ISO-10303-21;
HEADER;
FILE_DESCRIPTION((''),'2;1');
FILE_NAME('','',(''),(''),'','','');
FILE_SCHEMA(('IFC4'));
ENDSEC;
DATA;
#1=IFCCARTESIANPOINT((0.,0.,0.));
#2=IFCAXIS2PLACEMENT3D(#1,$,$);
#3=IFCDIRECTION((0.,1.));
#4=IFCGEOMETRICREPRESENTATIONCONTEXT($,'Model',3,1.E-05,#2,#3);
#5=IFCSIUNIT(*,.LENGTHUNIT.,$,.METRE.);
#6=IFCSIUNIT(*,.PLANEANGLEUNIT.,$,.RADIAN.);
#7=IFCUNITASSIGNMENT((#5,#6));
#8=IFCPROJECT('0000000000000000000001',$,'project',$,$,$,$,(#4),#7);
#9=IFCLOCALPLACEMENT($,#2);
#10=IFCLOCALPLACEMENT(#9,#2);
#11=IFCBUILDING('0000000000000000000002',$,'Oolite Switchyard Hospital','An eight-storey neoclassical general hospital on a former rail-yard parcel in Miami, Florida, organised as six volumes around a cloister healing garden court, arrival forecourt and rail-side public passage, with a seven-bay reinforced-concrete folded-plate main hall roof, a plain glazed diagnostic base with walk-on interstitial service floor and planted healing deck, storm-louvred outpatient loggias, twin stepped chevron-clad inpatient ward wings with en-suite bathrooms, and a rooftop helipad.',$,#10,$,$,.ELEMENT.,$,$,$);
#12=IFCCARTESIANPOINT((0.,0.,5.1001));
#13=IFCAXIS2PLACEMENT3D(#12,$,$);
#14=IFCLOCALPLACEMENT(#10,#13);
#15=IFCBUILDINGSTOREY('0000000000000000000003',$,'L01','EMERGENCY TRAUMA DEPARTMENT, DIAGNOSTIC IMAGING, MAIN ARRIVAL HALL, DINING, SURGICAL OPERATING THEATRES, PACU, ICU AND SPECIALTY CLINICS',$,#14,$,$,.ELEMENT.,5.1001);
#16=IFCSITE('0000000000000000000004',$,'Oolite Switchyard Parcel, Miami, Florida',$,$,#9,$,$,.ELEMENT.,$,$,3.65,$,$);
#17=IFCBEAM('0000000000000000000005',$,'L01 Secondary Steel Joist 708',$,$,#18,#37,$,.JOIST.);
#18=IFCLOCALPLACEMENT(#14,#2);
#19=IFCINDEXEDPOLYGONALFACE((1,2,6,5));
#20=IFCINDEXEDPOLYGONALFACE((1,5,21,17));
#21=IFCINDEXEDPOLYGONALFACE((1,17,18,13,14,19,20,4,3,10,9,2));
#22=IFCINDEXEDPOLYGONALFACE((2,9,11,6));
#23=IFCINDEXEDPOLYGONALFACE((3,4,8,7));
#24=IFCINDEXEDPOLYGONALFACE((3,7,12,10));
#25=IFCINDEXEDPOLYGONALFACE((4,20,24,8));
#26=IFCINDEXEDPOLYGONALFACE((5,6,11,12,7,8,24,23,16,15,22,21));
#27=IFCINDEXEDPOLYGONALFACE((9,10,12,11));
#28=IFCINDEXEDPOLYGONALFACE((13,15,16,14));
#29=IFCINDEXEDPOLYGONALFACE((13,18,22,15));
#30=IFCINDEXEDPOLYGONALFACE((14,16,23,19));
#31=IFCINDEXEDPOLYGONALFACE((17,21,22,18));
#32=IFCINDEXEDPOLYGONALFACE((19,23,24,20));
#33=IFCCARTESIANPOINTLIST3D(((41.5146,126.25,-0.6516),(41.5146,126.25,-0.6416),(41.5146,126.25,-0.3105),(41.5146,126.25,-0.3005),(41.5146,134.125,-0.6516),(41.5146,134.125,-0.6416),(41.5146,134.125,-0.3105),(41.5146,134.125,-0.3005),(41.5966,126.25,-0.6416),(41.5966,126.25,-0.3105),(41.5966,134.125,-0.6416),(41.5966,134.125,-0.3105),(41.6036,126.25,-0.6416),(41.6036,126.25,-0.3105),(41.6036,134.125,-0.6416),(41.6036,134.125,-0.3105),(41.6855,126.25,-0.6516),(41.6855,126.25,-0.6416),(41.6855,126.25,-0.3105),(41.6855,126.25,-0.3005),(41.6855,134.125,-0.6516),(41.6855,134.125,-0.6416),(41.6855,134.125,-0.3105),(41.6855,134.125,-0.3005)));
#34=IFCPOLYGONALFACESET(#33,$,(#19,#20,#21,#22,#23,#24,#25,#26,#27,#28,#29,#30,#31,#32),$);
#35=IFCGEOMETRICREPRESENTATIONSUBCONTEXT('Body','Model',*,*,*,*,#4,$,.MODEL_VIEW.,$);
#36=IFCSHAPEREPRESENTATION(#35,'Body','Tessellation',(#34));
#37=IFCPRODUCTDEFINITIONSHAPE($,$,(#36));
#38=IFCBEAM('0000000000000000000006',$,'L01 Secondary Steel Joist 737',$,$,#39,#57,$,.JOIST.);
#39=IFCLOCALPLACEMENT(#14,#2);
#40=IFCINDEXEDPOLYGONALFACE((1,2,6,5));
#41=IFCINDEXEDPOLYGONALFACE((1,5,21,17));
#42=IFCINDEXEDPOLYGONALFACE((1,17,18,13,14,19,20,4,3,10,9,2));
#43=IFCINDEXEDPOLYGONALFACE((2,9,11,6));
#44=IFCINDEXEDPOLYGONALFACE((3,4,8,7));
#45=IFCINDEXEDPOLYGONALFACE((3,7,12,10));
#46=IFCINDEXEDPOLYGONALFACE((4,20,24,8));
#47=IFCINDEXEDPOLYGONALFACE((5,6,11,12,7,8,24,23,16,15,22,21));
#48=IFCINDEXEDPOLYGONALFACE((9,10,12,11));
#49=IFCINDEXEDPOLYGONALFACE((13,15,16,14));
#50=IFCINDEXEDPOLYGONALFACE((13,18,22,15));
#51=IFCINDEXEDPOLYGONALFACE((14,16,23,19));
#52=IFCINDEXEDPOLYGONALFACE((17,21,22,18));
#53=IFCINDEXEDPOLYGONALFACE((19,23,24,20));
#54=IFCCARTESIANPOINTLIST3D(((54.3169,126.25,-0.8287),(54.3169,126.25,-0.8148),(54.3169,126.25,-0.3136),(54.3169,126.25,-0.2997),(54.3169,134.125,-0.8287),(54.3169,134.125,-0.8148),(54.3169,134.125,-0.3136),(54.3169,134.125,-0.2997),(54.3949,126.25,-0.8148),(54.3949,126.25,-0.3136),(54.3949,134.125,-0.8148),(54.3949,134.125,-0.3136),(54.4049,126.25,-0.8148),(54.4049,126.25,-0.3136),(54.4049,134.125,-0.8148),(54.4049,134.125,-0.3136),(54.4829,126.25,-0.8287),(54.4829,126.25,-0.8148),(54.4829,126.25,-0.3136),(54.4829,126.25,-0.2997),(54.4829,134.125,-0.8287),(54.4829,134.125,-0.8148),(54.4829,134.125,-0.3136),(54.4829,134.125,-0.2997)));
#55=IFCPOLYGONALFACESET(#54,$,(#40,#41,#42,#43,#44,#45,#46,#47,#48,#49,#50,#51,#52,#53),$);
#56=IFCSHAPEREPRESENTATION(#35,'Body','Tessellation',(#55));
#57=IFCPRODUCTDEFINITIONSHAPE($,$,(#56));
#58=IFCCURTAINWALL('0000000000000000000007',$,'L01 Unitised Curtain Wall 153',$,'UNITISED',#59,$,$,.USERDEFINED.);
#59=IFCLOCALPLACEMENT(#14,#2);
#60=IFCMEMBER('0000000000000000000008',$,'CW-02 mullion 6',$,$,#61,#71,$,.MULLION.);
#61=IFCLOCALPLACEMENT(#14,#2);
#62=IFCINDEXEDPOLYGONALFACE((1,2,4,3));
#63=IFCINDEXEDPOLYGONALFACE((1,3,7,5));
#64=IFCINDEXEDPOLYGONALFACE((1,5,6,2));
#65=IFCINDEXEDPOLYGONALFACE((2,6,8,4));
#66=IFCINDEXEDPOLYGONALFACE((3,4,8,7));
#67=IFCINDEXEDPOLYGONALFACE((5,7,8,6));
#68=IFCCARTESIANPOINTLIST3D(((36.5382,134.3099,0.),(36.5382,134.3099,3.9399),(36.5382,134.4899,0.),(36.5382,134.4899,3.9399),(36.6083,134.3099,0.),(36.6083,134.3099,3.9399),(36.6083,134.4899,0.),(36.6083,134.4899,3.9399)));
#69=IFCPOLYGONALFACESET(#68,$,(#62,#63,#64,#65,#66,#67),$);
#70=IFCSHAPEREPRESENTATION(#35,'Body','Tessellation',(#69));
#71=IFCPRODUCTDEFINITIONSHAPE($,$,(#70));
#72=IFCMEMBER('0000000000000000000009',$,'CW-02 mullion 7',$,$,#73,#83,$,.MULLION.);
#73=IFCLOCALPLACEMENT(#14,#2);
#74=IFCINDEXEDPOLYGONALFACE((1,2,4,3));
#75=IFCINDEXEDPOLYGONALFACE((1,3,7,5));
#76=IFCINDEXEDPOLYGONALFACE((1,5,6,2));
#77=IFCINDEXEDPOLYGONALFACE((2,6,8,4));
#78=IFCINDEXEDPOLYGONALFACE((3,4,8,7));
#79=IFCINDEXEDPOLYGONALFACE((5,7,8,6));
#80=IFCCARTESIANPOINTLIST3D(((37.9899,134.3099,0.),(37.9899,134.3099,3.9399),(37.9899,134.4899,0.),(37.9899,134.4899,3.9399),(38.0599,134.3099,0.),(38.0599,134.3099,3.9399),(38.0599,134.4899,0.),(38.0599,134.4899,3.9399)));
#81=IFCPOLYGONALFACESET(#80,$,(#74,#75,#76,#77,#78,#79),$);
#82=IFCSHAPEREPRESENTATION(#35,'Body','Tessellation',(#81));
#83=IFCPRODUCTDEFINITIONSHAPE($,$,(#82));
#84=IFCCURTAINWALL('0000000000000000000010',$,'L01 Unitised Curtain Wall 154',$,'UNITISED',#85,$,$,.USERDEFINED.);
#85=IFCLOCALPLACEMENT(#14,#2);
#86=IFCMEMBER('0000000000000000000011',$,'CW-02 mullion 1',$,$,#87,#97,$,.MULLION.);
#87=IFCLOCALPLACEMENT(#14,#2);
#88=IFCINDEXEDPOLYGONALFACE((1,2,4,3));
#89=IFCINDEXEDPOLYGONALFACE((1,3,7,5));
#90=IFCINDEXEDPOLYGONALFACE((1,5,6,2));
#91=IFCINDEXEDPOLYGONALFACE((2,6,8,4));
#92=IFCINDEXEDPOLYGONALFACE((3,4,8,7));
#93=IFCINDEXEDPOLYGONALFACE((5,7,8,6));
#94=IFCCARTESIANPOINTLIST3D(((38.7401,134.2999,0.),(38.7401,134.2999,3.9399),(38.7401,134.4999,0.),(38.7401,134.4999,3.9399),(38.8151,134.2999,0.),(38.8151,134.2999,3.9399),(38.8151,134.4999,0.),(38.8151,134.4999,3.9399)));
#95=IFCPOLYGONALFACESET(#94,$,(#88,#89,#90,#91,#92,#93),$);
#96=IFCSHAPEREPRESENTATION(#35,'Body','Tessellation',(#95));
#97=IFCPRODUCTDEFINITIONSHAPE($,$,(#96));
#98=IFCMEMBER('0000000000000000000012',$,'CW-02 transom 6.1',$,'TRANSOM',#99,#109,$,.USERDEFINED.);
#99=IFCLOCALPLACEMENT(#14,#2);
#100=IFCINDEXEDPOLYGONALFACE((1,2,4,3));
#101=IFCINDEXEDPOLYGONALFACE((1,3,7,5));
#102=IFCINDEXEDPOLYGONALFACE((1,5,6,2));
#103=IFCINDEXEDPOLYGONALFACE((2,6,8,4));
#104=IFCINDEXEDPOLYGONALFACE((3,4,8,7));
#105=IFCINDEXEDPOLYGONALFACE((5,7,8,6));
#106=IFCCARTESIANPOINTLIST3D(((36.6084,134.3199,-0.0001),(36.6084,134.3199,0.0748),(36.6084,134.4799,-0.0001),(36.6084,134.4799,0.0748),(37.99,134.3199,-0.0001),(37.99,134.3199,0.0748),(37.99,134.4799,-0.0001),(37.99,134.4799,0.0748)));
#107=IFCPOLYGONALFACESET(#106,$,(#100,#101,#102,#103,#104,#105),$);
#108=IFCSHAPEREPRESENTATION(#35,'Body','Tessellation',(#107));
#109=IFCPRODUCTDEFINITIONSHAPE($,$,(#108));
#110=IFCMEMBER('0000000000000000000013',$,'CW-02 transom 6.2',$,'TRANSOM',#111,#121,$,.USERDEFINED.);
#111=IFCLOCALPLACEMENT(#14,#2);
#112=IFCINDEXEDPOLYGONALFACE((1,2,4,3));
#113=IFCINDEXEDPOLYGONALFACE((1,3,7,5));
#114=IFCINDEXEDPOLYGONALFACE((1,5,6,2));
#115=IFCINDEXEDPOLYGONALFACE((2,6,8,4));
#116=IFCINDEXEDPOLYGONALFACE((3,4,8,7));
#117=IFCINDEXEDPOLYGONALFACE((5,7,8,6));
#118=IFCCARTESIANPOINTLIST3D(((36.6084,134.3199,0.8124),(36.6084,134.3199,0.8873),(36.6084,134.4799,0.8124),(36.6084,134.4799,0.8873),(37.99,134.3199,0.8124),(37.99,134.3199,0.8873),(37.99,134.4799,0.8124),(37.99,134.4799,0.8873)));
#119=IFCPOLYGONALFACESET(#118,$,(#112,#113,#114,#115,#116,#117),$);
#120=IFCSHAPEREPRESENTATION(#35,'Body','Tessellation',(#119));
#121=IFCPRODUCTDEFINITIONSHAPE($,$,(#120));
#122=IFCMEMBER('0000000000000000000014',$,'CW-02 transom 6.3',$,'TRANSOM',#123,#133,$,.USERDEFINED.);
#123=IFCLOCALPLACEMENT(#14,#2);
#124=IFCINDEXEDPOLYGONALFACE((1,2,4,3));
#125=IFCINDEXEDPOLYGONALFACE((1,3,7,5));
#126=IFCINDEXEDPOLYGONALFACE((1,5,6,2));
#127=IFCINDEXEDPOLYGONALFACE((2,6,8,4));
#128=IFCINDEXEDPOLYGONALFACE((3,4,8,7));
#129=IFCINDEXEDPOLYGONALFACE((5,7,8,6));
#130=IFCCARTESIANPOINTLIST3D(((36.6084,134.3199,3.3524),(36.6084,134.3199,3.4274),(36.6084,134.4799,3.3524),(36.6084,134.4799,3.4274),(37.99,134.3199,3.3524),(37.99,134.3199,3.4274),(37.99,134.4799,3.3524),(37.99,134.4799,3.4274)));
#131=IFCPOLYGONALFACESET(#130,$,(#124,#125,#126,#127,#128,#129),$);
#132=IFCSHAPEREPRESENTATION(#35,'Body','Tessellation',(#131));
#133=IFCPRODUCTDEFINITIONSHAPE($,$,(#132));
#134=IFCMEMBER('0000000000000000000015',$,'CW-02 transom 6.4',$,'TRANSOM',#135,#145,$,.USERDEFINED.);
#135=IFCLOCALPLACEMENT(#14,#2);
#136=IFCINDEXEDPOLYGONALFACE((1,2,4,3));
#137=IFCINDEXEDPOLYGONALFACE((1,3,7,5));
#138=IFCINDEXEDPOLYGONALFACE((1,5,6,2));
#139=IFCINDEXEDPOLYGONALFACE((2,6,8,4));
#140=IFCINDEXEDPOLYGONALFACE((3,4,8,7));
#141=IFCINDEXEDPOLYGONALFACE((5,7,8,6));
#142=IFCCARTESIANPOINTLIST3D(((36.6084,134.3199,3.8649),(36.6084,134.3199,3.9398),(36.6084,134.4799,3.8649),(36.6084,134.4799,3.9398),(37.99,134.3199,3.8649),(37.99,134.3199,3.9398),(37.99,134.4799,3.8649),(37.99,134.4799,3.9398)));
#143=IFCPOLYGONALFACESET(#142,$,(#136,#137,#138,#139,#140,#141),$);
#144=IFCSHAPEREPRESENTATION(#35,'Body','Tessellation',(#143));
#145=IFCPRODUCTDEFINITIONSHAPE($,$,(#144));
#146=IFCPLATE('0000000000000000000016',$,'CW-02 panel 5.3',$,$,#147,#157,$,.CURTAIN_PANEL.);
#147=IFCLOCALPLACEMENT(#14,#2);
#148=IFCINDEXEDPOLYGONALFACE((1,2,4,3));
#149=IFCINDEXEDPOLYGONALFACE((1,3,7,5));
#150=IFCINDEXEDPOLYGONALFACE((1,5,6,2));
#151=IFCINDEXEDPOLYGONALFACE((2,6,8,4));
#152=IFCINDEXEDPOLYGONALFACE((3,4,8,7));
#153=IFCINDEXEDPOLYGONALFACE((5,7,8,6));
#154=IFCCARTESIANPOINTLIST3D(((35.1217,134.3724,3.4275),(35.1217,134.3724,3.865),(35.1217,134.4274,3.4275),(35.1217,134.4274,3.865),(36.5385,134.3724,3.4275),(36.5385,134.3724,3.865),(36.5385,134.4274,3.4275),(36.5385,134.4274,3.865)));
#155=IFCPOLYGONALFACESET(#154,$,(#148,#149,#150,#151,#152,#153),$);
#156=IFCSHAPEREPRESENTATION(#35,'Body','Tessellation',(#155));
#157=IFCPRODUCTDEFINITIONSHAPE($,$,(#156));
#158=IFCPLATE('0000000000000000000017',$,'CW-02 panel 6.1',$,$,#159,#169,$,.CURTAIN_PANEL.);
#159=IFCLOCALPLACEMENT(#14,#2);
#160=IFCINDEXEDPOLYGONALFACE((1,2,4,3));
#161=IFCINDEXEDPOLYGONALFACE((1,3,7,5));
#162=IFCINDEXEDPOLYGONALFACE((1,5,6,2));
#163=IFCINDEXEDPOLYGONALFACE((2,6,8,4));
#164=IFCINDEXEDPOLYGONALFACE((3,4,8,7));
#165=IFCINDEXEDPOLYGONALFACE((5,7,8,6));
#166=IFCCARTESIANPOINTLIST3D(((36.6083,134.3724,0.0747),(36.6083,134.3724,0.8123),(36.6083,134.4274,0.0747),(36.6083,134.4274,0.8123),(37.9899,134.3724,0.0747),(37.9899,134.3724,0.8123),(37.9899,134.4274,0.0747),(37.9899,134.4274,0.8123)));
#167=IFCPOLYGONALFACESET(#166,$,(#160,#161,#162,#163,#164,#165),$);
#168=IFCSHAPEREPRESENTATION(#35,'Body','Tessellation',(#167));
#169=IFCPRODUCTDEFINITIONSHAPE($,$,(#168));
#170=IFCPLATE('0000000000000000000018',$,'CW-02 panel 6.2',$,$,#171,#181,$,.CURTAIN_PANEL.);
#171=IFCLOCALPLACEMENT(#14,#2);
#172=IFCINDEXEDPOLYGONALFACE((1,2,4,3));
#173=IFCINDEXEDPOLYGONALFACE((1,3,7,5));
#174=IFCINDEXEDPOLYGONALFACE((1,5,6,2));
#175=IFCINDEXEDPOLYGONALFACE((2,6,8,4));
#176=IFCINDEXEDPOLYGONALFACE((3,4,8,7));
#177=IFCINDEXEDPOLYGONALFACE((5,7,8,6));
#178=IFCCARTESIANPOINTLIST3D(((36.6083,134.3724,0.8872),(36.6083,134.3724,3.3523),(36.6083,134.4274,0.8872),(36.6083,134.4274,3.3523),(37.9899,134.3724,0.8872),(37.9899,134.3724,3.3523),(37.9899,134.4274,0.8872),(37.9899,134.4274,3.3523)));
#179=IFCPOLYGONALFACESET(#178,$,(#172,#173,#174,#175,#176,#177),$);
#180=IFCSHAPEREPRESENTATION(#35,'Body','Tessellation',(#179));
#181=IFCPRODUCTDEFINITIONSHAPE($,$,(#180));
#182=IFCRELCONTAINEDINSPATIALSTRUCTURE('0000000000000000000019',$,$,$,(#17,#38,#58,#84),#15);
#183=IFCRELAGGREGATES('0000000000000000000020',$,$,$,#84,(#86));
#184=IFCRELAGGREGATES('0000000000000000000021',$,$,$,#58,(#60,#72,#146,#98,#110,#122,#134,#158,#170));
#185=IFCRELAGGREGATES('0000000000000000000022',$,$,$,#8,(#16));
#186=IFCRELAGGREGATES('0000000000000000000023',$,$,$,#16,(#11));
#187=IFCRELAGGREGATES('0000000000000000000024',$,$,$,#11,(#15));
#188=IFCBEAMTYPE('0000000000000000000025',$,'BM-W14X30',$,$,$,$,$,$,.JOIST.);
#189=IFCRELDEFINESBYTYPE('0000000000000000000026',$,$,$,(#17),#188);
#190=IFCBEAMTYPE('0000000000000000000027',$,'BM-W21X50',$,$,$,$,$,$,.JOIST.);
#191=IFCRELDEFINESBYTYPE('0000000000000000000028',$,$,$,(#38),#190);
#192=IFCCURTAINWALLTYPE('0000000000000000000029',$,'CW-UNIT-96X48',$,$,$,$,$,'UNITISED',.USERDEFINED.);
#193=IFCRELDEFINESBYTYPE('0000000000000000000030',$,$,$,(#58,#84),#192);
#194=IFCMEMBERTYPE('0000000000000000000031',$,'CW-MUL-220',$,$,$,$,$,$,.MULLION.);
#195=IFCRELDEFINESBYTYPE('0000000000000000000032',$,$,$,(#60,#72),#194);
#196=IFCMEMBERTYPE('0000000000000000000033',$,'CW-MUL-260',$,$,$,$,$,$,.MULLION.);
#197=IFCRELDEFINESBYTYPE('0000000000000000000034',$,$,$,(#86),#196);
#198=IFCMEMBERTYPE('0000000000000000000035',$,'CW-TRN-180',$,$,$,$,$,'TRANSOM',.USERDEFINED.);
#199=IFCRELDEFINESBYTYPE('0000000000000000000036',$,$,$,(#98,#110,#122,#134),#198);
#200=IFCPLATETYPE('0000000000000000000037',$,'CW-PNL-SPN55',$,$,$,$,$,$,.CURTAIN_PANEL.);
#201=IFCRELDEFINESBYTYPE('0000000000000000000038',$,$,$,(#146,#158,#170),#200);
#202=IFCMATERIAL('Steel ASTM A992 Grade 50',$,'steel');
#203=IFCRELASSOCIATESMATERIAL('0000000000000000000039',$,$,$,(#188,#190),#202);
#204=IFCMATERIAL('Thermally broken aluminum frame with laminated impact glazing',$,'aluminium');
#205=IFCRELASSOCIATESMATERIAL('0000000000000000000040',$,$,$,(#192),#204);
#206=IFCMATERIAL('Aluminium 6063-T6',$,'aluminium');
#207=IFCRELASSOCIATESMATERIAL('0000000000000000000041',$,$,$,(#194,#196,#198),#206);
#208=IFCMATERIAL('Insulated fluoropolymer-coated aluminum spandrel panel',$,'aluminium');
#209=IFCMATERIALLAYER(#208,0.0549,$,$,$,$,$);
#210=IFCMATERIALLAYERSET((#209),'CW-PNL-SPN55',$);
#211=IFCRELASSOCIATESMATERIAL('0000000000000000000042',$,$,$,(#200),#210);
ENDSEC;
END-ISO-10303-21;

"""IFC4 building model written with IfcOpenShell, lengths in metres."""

from ifc_helpers import new_model, si_unit, direction, frame, origin, origin_2d, place, context, subcontext, project, spatial, rectangle, i_section, extrude, material, layer, layer_set, material_profile, profile_set, type_object, element, aggregate, save


model = new_model("IFC4")

# Units and contexts
model_context = context("Model", 3, precision=1e-05, world=origin(), true_north=direction((0.0, 1.0)))
body_context = subcontext(model_context, "Body", "Model", "MODEL_VIEW")
ifc_project = project(units=[si_unit("LENGTHUNIT", "METRE"), si_unit("PLANEANGLEUNIT", "RADIAN")], contexts=[model_context])

# Site, building, storey
site_placement = place(None, origin())
site = spatial("IfcSite", under=ifc_project, at=site_placement, Name="Oolite Switchyard Parcel, Miami, Florida", CompositionType="ELEMENT", RefElevation=3.65)
building_placement = place(site_placement, origin())
building = spatial("IfcBuilding", under=site, at=building_placement, Name="Oolite Switchyard Hospital", Description="An eight-storey neoclassical general hospital on a former rail-yard parcel in Miami, Florida, organised as six volumes around a cloister healing garden court, arrival forecourt and rail-side public passage, with a seven-bay reinforced-concrete folded-plate main hall roof, a plain glazed diagnostic base with walk-on interstitial service floor and planted healing deck, storm-louvred outpatient loggias, twin stepped chevron-clad inpatient ward wings with en-suite bathrooms, and a rooftop helipad.", CompositionType="ELEMENT")
storey_placement = place(building_placement, frame((0.0, 0.0, 5.1001)))
storey = spatial("IfcBuildingStorey", under=building, at=storey_placement, Name="L01", Description="EMERGENCY TRAUMA DEPARTMENT, DIAGNOSTIC IMAGING, MAIN ARRIVAL HALL, DINING, SURGICAL OPERATING THEATRES, PACU, ICU AND SPECIALTY CLINICS", CompositionType="ELEMENT", Elevation=5.1001)

# Beams
ifc_material_1 = material(Name="Steel ASTM A992 Grade 50", Category="steel")
ifc_material_profile_1 = material_profile(ifc_material_1, i_section(OverallWidth=0.1709, OverallDepth=0.3511, WebThickness=0.0071, FlangeThickness=0.01, at=origin_2d()), Name="W14X30")
ifc_profile_set_1 = profile_set([ifc_material_profile_1], Name="Steel ASTM A992 Grade 50")
beam_type_1 = type_object("IfcBeamType", Name="BM-W14X30", PredefinedType="JOIST", material=ifc_profile_set_1)
beam_1_placement = place(storey_placement, frame((41.6001, 126.25, -0.4761), z_axis=(0.0, 1.0, 0.0), x_axis=(-1.0, 0.0, 0.0)))
element("IfcBeam", 1, at=beam_1_placement, inside=storey, type_object=beam_type_1, Name="L01 Secondary Steel Joist 708", PredefinedType="JOIST", context=body_context, shape_type="SweptSolid", body=[
    extrude(i_section(OverallWidth=0.1709, OverallDepth=0.3511, WebThickness=0.0071, FlangeThickness=0.01, at=origin_2d()), origin(), (0.0, 0.0, 1.0), 7.875),
])
ifc_material_profile_2 = material_profile(ifc_material_1, i_section(OverallWidth=0.166, OverallDepth=0.5291, WebThickness=0.01, FlangeThickness=0.0139, at=origin_2d()), Name="W21X50")
ifc_profile_set_2 = profile_set([ifc_material_profile_2], Name="Steel ASTM A992 Grade 50")
beam_type_2 = type_object("IfcBeamType", Name="BM-W21X50", PredefinedType="JOIST", material=ifc_profile_set_2)
beam_2_placement = place(storey_placement, frame((54.3999, 126.25, -0.5642), z_axis=(0.0, 1.0, 0.0), x_axis=(-1.0, 0.0, 0.0)))
element("IfcBeam", 2, at=beam_2_placement, inside=storey, type_object=beam_type_2, Name="L01 Secondary Steel Joist 737", PredefinedType="JOIST", context=body_context, shape_type="SweptSolid", body=[
    extrude(i_section(OverallWidth=0.166, OverallDepth=0.5291, WebThickness=0.01, FlangeThickness=0.0139, at=origin_2d()), origin(), (0.0, 0.0, 1.0), 7.875),
])

# Curtain wall, members
ifc_material_2 = material(Name="Thermally broken aluminum frame with laminated impact glazing", Category="aluminium")
curtain_wall_type = type_object("IfcCurtainWallType", Name="CW-UNIT-96X48", ElementType="UNITISED", PredefinedType="USERDEFINED", material=ifc_material_2)
curtain_wall_1_placement = place(storey_placement, origin())
curtain_wall_1 = element("IfcCurtainWall", 3, at=curtain_wall_1_placement, inside=storey, type_object=curtain_wall_type, Name="L01 Unitised Curtain Wall 153", ObjectType="UNITISED", PredefinedType="USERDEFINED")
ifc_material_3 = material(Name="Aluminium 6063-T6", Category="aluminium")
ifc_material_profile_3 = material_profile(ifc_material_3, rectangle(XDim=0.1799, YDim=0.0701, at=origin_2d()), Name="CWM70X180")
ifc_profile_set_3 = profile_set([ifc_material_profile_3], Name="Aluminium 6063-T6")
member_type_1 = type_object("IfcMemberType", Name="CW-MUL-220", PredefinedType="MULLION", material=ifc_profile_set_3)
member_1_placement = place(storey_placement, frame((36.5732, 134.3999, 0.0), z_axis=(0.0, 0.0, 1.0), x_axis=(0.0, 1.0, 0.0)))
member_1 = element("IfcMember", 4, at=member_1_placement, type_object=member_type_1, Name="CW-02 mullion 6", PredefinedType="MULLION", context=body_context, shape_type="SweptSolid", body=[
    extrude(rectangle(XDim=0.1799, YDim=0.0701, at=origin_2d()), origin(), (0.0, 0.0, 1.0), 3.9399),
])
member_2_placement = place(storey_placement, frame((38.0249, 134.3999, 0.0), z_axis=(0.0, 0.0, 1.0), x_axis=(0.0, 1.0, 0.0)))
member_2 = element("IfcMember", 5, at=member_2_placement, type_object=member_type_1, Name="CW-02 mullion 7", PredefinedType="MULLION", context=body_context, shape_type="SweptSolid", body=[
    extrude(rectangle(XDim=0.1799, YDim=0.0701, at=origin_2d()), origin(), (0.0, 0.0, 1.0), 3.9399),
])

# Curtain wall, member
curtain_wall_2_placement = place(storey_placement, origin())
curtain_wall_2 = element("IfcCurtainWall", 6, at=curtain_wall_2_placement, inside=storey, type_object=curtain_wall_type, Name="L01 Unitised Curtain Wall 154", ObjectType="UNITISED", PredefinedType="USERDEFINED")
ifc_material_profile_4 = material_profile(ifc_material_3, rectangle(XDim=0.2, YDim=0.075, at=origin_2d()), Name="CWM75X200")
ifc_profile_set_4 = profile_set([ifc_material_profile_4], Name="Aluminium 6063-T6")
member_type_2 = type_object("IfcMemberType", Name="CW-MUL-260", PredefinedType="MULLION", material=ifc_profile_set_4)
member_3_placement = place(storey_placement, frame((38.7776, 134.3999, 0.0), z_axis=(0.0, 0.0, 1.0), x_axis=(0.0, 1.0, 0.0)))
member_3 = element("IfcMember", 7, at=member_3_placement, type_object=member_type_2, Name="CW-02 mullion 1", PredefinedType="MULLION", context=body_context, shape_type="SweptSolid", body=[
    extrude(rectangle(XDim=0.2, YDim=0.075, at=origin_2d()), origin(), (0.0, 0.0, 1.0), 3.9399),
])
aggregate(curtain_wall_2, [member_3])

# Members
ifc_material_profile_5 = material_profile(ifc_material_3, rectangle(XDim=0.1599, YDim=0.075, at=origin_2d()), Name="CWT75X160")
ifc_profile_set_5 = profile_set([ifc_material_profile_5], Name="Aluminium 6063-T6")
member_type_3 = type_object("IfcMemberType", Name="CW-TRN-180", ElementType="TRANSOM", PredefinedType="USERDEFINED", material=ifc_profile_set_5)
member_4_placement = place(storey_placement, frame((36.6084, 134.3999, 0.0374), z_axis=(1.0, 0.0, 0.0), x_axis=(0.0, 1.0, 0.0)))
member_4 = element("IfcMember", 8, at=member_4_placement, type_object=member_type_3, Name="CW-02 transom 6.1", ObjectType="TRANSOM", PredefinedType="USERDEFINED", context=body_context, shape_type="SweptSolid", body=[
    extrude(rectangle(XDim=0.1599, YDim=0.075, at=origin_2d()), origin(), (0.0, 0.0, 1.0), 1.3816),
])
member_5_placement = place(storey_placement, frame((36.6084, 134.3999, 0.8499), z_axis=(1.0, 0.0, 0.0), x_axis=(0.0, 1.0, 0.0)))
member_5 = element("IfcMember", 9, at=member_5_placement, type_object=member_type_3, Name="CW-02 transom 6.2", ObjectType="TRANSOM", PredefinedType="USERDEFINED", context=body_context, shape_type="SweptSolid", body=[
    extrude(rectangle(XDim=0.1599, YDim=0.075, at=origin_2d()), origin(), (0.0, 0.0, 1.0), 1.3816),
])
member_6_placement = place(storey_placement, frame((36.6084, 134.3999, 3.3899), z_axis=(1.0, 0.0, 0.0), x_axis=(0.0, 1.0, 0.0)))
member_6 = element("IfcMember", 10, at=member_6_placement, type_object=member_type_3, Name="CW-02 transom 6.3", ObjectType="TRANSOM", PredefinedType="USERDEFINED", context=body_context, shape_type="SweptSolid", body=[
    extrude(rectangle(XDim=0.1599, YDim=0.075, at=origin_2d()), origin(), (0.0, 0.0, 1.0), 1.3816),
])
member_7_placement = place(storey_placement, frame((36.6084, 134.3999, 3.9023), z_axis=(1.0, 0.0, 0.0), x_axis=(0.0, 1.0, 0.0)))
member_7 = element("IfcMember", 11, at=member_7_placement, type_object=member_type_3, Name="CW-02 transom 6.4", ObjectType="TRANSOM", PredefinedType="USERDEFINED", context=body_context, shape_type="SweptSolid", body=[
    extrude(rectangle(XDim=0.1599, YDim=0.075, at=origin_2d()), origin(), (0.0, 0.0, 1.0), 1.3816),
])

# Plates
ifc_material_4 = material(Name="Insulated fluoropolymer-coated aluminum spandrel panel", Category="aluminium")
ifc_layer = layer(ifc_material_4, 0.0549)
ifc_layer_set = layer_set([ifc_layer], Name="CW-PNL-SPN55")
plate_type = type_object("IfcPlateType", Name="CW-PNL-SPN55", PredefinedType="CURTAIN_PANEL", material=ifc_layer_set)
plate_1_placement = place(storey_placement, frame((35.8301, 134.3999, 3.4275), z_axis=(0.0, 0.0, 1.0), x_axis=(1.0, 0.0, 0.0)))
plate_1 = element("IfcPlate", 12, at=plate_1_placement, type_object=plate_type, Name="CW-02 panel 5.3", PredefinedType="CURTAIN_PANEL", context=body_context, shape_type="SweptSolid", body=[
    extrude(rectangle(XDim=1.4167, YDim=0.0549, at=origin_2d()), origin(), (0.0, 0.0, 1.0), 0.4375),
])
plate_2_placement = place(storey_placement, frame((37.2991, 134.3999, 0.0747), z_axis=(0.0, 0.0, 1.0), x_axis=(1.0, 0.0, 0.0)))
plate_2 = element("IfcPlate", 13, at=plate_2_placement, type_object=plate_type, Name="CW-02 panel 6.1", PredefinedType="CURTAIN_PANEL", context=body_context, shape_type="SweptSolid", body=[
    extrude(rectangle(XDim=1.3816, YDim=0.0549, at=origin_2d()), origin(), (0.0, 0.0, 1.0), 0.7375),
])
plate_3_placement = place(storey_placement, frame((37.2991, 134.3999, 0.8872), z_axis=(0.0, 0.0, 1.0), x_axis=(1.0, 0.0, 0.0)))
plate_3 = element("IfcPlate", 14, at=plate_3_placement, type_object=plate_type, Name="CW-02 panel 6.2", PredefinedType="CURTAIN_PANEL", context=body_context, shape_type="SweptSolid", body=[
    extrude(rectangle(XDim=1.3816, YDim=0.0549, at=origin_2d()), origin(), (0.0, 0.0, 1.0), 2.4651),
])
aggregate(curtain_wall_1, [member_1, member_2, plate_1, member_4, member_5, member_6, member_7, plate_2, plate_3])

save(model, "model.ifc")
